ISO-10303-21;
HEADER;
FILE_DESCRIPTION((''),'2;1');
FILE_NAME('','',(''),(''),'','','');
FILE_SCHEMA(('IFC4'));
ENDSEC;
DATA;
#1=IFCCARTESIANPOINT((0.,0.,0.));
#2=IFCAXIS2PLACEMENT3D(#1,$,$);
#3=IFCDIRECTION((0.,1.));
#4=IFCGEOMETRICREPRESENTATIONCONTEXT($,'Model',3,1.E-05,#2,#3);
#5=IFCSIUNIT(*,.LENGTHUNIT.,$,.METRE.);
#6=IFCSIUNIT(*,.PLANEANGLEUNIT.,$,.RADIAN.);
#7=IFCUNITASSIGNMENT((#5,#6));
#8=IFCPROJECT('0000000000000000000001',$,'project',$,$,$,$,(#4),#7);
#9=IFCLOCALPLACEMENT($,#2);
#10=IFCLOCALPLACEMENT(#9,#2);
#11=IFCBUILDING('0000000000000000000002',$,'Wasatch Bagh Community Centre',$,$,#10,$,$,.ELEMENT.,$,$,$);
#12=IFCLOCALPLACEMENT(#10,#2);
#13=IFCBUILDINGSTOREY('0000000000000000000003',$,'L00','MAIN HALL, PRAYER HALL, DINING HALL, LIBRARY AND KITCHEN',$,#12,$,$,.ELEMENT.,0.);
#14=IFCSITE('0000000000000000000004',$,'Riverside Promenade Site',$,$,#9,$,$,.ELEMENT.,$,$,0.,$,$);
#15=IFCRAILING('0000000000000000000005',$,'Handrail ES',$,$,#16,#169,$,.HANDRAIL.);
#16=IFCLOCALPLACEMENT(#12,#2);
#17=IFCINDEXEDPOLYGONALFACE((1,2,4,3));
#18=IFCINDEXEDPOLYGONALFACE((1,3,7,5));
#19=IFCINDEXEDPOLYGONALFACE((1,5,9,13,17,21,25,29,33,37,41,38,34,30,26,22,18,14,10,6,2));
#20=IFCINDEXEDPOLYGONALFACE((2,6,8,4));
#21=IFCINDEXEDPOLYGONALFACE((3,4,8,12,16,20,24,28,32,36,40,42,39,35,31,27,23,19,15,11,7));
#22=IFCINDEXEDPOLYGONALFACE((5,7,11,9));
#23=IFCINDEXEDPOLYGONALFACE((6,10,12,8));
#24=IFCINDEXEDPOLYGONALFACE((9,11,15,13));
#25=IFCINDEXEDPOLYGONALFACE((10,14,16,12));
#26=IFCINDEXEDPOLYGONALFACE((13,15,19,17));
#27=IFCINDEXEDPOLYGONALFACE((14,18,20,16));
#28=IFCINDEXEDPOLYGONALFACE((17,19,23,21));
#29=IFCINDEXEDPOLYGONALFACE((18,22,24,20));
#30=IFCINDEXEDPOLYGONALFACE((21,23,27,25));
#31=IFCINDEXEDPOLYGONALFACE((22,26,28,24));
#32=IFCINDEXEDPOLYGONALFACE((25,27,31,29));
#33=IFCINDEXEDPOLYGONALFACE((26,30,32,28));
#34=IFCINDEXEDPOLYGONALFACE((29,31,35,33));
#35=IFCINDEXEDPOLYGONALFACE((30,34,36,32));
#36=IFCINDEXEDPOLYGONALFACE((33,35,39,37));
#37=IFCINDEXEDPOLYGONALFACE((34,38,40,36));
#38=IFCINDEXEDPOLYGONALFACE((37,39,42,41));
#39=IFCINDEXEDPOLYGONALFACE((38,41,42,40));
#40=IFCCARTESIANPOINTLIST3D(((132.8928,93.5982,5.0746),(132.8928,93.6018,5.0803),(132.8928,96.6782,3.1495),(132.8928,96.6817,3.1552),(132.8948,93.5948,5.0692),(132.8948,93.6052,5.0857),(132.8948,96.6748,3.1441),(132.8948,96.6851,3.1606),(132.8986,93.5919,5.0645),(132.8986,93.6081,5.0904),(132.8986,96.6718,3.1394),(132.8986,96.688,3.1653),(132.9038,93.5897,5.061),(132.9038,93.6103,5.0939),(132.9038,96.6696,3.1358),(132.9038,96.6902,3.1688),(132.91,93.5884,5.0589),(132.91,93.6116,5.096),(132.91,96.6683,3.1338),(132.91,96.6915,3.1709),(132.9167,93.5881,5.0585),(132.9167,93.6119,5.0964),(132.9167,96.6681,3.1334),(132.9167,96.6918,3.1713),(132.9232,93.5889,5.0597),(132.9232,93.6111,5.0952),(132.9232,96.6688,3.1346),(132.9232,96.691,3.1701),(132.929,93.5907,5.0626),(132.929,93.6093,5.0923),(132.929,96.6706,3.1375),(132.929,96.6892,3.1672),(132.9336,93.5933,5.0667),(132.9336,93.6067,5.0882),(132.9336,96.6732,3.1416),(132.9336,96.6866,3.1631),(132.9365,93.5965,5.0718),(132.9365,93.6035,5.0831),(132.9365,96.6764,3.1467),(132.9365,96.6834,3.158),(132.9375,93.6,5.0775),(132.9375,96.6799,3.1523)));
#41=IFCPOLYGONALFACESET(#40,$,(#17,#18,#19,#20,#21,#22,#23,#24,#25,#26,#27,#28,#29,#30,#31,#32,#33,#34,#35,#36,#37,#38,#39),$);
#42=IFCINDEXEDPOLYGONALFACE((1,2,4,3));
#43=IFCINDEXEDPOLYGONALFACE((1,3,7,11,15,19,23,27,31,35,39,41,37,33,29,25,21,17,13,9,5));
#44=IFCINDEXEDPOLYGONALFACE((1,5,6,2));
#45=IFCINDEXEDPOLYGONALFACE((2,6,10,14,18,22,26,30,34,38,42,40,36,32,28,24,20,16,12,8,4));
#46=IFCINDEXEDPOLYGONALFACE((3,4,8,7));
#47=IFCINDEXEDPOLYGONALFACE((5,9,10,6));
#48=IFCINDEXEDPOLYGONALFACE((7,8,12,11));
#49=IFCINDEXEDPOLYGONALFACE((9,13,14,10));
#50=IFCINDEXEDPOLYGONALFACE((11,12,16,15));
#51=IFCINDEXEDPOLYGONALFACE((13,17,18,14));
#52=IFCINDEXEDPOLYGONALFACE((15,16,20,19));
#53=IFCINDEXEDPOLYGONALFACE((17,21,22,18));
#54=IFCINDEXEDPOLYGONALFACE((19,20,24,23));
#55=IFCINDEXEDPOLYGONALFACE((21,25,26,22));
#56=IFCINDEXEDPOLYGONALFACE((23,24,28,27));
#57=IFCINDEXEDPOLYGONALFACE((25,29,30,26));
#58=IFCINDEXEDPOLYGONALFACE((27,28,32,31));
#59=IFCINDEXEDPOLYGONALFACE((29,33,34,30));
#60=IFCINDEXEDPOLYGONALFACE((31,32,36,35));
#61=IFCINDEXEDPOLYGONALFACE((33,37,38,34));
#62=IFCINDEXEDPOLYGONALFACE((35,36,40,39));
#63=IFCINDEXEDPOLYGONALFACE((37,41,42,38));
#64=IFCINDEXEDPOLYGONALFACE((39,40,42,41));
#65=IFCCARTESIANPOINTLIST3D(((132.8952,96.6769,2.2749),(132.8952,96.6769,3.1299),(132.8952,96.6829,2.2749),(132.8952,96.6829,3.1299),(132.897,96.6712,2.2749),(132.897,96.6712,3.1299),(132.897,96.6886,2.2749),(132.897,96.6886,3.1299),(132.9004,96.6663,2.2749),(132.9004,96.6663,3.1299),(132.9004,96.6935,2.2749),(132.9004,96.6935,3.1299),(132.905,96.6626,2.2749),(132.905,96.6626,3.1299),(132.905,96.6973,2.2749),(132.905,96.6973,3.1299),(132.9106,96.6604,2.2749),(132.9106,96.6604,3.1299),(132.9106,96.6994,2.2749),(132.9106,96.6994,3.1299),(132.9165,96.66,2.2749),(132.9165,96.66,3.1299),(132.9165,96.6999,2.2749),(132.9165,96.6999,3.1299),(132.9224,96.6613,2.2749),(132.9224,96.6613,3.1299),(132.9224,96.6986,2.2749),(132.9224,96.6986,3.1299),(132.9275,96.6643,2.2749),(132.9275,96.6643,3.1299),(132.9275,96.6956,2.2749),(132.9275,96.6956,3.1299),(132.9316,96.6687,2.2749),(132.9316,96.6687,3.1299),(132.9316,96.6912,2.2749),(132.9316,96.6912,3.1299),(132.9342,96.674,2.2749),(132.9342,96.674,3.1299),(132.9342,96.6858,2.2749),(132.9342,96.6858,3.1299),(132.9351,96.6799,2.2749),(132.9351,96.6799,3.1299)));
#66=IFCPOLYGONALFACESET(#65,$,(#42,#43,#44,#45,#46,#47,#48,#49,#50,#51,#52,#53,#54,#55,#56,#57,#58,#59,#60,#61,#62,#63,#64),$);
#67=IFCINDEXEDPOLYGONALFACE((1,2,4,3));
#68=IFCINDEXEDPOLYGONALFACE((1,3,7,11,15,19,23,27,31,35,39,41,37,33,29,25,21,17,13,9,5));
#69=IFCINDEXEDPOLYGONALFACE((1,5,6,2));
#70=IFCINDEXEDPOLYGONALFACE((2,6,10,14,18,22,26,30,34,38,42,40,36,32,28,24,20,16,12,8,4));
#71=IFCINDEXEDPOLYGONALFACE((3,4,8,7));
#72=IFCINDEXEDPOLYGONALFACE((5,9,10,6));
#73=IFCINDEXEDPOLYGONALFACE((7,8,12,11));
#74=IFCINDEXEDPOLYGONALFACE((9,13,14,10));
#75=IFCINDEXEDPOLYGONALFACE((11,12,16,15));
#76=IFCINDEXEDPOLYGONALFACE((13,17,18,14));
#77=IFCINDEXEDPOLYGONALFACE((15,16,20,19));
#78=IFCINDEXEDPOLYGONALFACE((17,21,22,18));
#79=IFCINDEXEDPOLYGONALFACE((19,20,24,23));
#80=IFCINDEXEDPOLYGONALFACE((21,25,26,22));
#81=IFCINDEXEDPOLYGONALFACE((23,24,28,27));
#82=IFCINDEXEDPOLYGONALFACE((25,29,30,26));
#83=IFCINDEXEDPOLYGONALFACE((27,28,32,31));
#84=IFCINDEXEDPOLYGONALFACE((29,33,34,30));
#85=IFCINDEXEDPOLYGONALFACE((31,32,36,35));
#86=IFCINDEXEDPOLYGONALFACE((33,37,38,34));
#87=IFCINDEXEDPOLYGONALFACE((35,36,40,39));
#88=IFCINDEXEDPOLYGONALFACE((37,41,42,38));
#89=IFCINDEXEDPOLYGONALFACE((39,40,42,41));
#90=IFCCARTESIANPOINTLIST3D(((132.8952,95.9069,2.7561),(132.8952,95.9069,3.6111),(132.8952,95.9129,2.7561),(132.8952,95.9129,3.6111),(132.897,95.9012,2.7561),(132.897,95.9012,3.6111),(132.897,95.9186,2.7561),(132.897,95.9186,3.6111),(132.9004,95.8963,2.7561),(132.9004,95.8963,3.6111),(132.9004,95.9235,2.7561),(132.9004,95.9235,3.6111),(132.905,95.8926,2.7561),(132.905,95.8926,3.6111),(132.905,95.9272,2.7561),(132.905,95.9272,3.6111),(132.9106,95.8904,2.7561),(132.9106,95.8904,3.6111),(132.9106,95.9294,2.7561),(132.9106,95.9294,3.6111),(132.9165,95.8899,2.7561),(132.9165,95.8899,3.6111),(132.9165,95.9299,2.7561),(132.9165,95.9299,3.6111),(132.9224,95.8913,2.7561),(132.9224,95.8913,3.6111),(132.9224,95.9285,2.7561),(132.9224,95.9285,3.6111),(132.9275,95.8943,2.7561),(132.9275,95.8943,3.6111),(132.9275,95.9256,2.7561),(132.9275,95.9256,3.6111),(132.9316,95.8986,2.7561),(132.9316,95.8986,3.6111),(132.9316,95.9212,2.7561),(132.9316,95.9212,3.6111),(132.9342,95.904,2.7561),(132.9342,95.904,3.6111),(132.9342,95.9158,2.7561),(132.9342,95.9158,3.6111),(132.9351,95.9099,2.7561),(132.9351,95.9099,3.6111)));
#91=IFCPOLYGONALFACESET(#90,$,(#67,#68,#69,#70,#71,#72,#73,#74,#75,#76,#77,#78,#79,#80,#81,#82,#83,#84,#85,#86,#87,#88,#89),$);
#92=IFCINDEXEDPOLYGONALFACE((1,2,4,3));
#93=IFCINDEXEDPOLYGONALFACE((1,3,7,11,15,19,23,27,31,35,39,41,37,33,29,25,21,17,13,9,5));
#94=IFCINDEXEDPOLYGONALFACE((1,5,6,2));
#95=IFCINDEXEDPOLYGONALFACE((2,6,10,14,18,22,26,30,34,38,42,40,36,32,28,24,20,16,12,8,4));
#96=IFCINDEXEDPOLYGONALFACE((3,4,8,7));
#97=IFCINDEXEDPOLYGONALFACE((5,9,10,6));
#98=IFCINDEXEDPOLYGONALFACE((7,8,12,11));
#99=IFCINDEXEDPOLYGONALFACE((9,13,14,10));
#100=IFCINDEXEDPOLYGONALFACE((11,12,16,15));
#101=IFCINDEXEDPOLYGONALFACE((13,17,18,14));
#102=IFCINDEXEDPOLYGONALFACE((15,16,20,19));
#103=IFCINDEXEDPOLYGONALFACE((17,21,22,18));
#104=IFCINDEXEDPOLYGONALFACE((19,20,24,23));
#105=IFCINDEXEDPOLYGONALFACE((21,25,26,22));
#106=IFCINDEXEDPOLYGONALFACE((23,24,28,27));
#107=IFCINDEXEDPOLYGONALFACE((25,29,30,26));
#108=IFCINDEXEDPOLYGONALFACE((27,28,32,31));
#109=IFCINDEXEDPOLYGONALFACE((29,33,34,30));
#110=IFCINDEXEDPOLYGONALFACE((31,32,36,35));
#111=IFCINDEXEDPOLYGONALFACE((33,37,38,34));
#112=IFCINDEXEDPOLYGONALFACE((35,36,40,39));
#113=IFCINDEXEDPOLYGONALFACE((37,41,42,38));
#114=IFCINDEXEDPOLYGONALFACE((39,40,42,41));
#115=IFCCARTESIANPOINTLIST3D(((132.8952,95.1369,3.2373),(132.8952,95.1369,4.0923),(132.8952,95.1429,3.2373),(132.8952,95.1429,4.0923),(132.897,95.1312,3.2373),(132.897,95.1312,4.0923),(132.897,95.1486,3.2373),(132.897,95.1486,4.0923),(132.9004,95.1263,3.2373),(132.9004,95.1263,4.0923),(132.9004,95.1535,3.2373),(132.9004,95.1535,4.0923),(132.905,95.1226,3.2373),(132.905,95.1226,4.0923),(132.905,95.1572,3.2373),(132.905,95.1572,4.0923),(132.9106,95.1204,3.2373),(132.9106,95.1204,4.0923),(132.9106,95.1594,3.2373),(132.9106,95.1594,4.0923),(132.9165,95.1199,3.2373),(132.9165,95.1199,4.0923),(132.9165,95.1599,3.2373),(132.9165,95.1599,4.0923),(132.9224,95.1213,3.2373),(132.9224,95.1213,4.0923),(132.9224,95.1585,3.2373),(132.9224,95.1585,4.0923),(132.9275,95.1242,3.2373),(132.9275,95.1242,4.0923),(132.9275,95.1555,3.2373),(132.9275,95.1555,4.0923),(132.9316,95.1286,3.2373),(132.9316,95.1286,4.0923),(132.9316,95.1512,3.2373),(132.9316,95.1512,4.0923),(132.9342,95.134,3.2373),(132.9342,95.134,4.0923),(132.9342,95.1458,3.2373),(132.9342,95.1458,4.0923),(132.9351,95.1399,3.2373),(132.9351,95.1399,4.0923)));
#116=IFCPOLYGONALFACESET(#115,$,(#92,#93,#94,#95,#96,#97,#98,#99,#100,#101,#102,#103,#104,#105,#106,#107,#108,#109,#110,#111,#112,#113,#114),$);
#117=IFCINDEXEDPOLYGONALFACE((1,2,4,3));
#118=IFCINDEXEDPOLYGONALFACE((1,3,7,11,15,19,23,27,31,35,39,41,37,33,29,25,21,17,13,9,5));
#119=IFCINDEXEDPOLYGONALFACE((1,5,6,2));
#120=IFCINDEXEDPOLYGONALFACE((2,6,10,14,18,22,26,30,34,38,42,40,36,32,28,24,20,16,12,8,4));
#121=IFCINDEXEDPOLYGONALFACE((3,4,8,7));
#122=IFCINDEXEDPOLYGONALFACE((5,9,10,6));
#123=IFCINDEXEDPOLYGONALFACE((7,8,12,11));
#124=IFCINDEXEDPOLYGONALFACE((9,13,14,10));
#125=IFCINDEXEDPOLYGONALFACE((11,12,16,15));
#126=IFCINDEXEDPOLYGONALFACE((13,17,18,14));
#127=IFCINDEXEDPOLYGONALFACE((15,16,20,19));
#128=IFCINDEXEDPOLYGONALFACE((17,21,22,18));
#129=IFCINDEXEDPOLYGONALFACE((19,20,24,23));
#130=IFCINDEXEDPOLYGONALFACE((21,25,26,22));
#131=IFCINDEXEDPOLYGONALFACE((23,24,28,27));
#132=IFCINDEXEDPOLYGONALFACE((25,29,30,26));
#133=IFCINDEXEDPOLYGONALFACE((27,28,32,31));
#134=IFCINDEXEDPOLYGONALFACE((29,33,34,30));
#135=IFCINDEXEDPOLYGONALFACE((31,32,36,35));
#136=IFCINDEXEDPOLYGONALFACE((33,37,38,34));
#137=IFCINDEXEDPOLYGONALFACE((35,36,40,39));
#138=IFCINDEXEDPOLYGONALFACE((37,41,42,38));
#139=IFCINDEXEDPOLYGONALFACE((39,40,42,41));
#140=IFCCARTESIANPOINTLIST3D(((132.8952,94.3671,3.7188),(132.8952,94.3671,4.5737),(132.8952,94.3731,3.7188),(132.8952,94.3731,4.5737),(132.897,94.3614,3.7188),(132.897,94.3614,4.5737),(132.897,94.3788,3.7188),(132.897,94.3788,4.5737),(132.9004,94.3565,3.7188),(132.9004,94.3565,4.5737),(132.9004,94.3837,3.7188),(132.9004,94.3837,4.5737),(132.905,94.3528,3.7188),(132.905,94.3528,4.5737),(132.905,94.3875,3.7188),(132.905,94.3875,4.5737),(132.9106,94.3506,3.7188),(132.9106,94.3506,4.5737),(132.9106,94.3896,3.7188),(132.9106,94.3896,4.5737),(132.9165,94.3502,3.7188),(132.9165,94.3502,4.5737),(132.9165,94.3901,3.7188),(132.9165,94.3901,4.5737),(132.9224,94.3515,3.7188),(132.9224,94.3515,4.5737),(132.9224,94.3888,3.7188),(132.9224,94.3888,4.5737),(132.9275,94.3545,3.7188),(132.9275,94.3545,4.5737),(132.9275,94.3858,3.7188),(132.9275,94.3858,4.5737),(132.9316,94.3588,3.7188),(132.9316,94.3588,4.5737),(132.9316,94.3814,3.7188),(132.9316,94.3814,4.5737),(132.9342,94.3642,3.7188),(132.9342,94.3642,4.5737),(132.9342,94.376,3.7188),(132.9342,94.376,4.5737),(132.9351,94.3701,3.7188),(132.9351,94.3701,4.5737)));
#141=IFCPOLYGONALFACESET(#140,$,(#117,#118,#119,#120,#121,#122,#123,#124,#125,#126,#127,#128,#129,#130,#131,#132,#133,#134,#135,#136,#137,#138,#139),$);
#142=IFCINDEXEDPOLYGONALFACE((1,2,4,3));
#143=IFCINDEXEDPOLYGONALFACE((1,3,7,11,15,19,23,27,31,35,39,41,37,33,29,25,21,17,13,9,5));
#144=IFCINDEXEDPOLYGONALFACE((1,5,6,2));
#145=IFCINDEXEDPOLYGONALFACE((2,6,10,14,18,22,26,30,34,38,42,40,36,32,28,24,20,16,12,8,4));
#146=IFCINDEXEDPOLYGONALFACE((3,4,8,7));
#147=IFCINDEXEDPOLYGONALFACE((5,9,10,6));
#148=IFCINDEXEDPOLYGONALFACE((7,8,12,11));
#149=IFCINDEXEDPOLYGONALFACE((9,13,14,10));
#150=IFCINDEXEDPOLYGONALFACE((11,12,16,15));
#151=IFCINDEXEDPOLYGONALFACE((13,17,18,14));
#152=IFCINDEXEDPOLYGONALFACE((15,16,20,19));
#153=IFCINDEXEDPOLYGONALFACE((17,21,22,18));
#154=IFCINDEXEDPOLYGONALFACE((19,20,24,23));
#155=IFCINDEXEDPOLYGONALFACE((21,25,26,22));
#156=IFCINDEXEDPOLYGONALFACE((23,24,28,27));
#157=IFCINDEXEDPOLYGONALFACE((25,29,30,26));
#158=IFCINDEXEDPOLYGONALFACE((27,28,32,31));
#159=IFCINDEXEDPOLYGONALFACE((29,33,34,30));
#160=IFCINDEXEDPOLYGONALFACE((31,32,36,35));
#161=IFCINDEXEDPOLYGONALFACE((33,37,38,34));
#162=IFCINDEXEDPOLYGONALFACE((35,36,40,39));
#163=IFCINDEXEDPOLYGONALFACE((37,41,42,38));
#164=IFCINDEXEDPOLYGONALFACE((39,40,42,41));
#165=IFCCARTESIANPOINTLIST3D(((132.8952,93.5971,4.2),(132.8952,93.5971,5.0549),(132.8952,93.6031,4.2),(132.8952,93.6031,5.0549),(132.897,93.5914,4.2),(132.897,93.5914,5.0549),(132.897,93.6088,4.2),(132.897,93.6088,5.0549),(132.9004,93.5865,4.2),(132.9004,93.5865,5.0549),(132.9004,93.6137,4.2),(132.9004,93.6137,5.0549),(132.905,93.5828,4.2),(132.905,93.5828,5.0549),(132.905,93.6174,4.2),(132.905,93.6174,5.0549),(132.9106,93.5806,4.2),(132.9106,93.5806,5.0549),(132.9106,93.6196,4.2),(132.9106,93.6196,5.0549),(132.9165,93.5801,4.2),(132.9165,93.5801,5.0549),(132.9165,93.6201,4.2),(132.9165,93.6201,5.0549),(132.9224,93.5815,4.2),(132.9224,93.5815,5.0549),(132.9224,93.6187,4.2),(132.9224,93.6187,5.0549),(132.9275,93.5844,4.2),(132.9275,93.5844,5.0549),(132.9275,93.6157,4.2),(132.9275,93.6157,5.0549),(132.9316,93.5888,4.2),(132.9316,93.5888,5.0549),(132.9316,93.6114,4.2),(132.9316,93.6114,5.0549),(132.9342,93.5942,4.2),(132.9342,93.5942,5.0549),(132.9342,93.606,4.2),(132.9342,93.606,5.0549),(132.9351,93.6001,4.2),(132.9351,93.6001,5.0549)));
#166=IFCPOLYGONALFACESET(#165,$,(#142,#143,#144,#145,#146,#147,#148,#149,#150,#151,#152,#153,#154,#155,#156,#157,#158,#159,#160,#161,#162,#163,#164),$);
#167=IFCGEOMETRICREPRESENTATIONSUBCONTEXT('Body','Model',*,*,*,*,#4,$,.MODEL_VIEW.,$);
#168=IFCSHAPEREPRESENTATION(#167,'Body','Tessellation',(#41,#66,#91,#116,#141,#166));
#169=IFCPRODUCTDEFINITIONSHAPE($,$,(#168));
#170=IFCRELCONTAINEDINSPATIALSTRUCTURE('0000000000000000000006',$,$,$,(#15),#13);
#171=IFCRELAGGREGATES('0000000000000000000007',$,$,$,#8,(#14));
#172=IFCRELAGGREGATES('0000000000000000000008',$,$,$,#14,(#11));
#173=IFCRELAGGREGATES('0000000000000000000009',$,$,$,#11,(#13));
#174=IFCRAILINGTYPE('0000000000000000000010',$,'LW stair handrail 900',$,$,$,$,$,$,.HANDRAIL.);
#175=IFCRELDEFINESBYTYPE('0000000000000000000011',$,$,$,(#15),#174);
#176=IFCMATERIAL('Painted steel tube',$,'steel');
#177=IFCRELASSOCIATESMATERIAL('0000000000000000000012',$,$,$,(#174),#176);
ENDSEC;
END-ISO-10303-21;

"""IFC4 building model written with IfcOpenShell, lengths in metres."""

from ifc_helpers import new_model, si_unit, direction, frame, origin, origin_2d, place, context, subcontext, project, spatial, circle, extrude, material, type_object, element, save


model = new_model("IFC4")

# Units and contexts
model_context = context("Model", 3, precision=1e-05, world=origin(), true_north=direction((0.0, 1.0)))
body_context = subcontext(model_context, "Body", "Model", "MODEL_VIEW")
ifc_project = project(units=[si_unit("LENGTHUNIT", "METRE"), si_unit("PLANEANGLEUNIT", "RADIAN")], contexts=[model_context])

# Site, building, storey
site_placement = place(None, origin())
site = spatial("IfcSite", under=ifc_project, at=site_placement, Name="Riverside Promenade Site", CompositionType="ELEMENT", RefElevation=0.0)
building_placement = place(site_placement, origin())
building = spatial("IfcBuilding", under=site, at=building_placement, Name="Wasatch Bagh Community Centre", CompositionType="ELEMENT")
storey_placement = place(building_placement, origin())
storey = spatial("IfcBuildingStorey", under=building, at=storey_placement, Name="L00", Description="MAIN HALL, PRAYER HALL, DINING HALL, LIBRARY AND KITCHEN", CompositionType="ELEMENT", Elevation=0.0)

# Railing
ifc_material_1 = material(Name="Painted steel tube", Category="steel")
railing_type_1 = type_object("IfcRailingType", Name="LW stair handrail 900", PredefinedType="HANDRAIL", material=ifc_material_1)
for number, where, name in (
    (1, (132.915, 96.6799, 2.2749), "Handrail ES"),
):
    element("IfcRailing", number, at=place(storey_placement, frame(where)), inside=storey, type_object=railing_type_1, Name=name, PredefinedType="HANDRAIL", context=body_context, shape_type="SweptSolid", body=[
        extrude(circle(Radius=0.0225, at=origin_2d()), frame((0.0, 0.0, 0.8774), z_axis=(0.0, -0.847979, 0.530029), x_axis=(1.0, 0.0, 0.0)), (0.0, 0.0, 1.0), 3.6321),
        extrude(circle(Radius=0.02, at=origin_2d()), origin(), (0.0, 0.0, 1.0), 0.855),
        extrude(circle(Radius=0.02, at=origin_2d()), frame((0.0, -0.77, 0.4812)), (0.0, 0.0, 1.0), 0.855),
        extrude(circle(Radius=0.02, at=origin_2d()), frame((0.0, -1.54, 0.9624)), (0.0, 0.0, 1.0), 0.855),
        extrude(circle(Radius=0.02, at=origin_2d()), frame((0.0, -2.3098, 1.4438)), (0.0, 0.0, 1.0), 0.855),
        extrude(circle(Radius=0.02, at=origin_2d()), frame((0.0, -3.0798, 1.925)), (0.0, 0.0, 1.0), 0.855),
    ])

save(model, "model.ifc")
